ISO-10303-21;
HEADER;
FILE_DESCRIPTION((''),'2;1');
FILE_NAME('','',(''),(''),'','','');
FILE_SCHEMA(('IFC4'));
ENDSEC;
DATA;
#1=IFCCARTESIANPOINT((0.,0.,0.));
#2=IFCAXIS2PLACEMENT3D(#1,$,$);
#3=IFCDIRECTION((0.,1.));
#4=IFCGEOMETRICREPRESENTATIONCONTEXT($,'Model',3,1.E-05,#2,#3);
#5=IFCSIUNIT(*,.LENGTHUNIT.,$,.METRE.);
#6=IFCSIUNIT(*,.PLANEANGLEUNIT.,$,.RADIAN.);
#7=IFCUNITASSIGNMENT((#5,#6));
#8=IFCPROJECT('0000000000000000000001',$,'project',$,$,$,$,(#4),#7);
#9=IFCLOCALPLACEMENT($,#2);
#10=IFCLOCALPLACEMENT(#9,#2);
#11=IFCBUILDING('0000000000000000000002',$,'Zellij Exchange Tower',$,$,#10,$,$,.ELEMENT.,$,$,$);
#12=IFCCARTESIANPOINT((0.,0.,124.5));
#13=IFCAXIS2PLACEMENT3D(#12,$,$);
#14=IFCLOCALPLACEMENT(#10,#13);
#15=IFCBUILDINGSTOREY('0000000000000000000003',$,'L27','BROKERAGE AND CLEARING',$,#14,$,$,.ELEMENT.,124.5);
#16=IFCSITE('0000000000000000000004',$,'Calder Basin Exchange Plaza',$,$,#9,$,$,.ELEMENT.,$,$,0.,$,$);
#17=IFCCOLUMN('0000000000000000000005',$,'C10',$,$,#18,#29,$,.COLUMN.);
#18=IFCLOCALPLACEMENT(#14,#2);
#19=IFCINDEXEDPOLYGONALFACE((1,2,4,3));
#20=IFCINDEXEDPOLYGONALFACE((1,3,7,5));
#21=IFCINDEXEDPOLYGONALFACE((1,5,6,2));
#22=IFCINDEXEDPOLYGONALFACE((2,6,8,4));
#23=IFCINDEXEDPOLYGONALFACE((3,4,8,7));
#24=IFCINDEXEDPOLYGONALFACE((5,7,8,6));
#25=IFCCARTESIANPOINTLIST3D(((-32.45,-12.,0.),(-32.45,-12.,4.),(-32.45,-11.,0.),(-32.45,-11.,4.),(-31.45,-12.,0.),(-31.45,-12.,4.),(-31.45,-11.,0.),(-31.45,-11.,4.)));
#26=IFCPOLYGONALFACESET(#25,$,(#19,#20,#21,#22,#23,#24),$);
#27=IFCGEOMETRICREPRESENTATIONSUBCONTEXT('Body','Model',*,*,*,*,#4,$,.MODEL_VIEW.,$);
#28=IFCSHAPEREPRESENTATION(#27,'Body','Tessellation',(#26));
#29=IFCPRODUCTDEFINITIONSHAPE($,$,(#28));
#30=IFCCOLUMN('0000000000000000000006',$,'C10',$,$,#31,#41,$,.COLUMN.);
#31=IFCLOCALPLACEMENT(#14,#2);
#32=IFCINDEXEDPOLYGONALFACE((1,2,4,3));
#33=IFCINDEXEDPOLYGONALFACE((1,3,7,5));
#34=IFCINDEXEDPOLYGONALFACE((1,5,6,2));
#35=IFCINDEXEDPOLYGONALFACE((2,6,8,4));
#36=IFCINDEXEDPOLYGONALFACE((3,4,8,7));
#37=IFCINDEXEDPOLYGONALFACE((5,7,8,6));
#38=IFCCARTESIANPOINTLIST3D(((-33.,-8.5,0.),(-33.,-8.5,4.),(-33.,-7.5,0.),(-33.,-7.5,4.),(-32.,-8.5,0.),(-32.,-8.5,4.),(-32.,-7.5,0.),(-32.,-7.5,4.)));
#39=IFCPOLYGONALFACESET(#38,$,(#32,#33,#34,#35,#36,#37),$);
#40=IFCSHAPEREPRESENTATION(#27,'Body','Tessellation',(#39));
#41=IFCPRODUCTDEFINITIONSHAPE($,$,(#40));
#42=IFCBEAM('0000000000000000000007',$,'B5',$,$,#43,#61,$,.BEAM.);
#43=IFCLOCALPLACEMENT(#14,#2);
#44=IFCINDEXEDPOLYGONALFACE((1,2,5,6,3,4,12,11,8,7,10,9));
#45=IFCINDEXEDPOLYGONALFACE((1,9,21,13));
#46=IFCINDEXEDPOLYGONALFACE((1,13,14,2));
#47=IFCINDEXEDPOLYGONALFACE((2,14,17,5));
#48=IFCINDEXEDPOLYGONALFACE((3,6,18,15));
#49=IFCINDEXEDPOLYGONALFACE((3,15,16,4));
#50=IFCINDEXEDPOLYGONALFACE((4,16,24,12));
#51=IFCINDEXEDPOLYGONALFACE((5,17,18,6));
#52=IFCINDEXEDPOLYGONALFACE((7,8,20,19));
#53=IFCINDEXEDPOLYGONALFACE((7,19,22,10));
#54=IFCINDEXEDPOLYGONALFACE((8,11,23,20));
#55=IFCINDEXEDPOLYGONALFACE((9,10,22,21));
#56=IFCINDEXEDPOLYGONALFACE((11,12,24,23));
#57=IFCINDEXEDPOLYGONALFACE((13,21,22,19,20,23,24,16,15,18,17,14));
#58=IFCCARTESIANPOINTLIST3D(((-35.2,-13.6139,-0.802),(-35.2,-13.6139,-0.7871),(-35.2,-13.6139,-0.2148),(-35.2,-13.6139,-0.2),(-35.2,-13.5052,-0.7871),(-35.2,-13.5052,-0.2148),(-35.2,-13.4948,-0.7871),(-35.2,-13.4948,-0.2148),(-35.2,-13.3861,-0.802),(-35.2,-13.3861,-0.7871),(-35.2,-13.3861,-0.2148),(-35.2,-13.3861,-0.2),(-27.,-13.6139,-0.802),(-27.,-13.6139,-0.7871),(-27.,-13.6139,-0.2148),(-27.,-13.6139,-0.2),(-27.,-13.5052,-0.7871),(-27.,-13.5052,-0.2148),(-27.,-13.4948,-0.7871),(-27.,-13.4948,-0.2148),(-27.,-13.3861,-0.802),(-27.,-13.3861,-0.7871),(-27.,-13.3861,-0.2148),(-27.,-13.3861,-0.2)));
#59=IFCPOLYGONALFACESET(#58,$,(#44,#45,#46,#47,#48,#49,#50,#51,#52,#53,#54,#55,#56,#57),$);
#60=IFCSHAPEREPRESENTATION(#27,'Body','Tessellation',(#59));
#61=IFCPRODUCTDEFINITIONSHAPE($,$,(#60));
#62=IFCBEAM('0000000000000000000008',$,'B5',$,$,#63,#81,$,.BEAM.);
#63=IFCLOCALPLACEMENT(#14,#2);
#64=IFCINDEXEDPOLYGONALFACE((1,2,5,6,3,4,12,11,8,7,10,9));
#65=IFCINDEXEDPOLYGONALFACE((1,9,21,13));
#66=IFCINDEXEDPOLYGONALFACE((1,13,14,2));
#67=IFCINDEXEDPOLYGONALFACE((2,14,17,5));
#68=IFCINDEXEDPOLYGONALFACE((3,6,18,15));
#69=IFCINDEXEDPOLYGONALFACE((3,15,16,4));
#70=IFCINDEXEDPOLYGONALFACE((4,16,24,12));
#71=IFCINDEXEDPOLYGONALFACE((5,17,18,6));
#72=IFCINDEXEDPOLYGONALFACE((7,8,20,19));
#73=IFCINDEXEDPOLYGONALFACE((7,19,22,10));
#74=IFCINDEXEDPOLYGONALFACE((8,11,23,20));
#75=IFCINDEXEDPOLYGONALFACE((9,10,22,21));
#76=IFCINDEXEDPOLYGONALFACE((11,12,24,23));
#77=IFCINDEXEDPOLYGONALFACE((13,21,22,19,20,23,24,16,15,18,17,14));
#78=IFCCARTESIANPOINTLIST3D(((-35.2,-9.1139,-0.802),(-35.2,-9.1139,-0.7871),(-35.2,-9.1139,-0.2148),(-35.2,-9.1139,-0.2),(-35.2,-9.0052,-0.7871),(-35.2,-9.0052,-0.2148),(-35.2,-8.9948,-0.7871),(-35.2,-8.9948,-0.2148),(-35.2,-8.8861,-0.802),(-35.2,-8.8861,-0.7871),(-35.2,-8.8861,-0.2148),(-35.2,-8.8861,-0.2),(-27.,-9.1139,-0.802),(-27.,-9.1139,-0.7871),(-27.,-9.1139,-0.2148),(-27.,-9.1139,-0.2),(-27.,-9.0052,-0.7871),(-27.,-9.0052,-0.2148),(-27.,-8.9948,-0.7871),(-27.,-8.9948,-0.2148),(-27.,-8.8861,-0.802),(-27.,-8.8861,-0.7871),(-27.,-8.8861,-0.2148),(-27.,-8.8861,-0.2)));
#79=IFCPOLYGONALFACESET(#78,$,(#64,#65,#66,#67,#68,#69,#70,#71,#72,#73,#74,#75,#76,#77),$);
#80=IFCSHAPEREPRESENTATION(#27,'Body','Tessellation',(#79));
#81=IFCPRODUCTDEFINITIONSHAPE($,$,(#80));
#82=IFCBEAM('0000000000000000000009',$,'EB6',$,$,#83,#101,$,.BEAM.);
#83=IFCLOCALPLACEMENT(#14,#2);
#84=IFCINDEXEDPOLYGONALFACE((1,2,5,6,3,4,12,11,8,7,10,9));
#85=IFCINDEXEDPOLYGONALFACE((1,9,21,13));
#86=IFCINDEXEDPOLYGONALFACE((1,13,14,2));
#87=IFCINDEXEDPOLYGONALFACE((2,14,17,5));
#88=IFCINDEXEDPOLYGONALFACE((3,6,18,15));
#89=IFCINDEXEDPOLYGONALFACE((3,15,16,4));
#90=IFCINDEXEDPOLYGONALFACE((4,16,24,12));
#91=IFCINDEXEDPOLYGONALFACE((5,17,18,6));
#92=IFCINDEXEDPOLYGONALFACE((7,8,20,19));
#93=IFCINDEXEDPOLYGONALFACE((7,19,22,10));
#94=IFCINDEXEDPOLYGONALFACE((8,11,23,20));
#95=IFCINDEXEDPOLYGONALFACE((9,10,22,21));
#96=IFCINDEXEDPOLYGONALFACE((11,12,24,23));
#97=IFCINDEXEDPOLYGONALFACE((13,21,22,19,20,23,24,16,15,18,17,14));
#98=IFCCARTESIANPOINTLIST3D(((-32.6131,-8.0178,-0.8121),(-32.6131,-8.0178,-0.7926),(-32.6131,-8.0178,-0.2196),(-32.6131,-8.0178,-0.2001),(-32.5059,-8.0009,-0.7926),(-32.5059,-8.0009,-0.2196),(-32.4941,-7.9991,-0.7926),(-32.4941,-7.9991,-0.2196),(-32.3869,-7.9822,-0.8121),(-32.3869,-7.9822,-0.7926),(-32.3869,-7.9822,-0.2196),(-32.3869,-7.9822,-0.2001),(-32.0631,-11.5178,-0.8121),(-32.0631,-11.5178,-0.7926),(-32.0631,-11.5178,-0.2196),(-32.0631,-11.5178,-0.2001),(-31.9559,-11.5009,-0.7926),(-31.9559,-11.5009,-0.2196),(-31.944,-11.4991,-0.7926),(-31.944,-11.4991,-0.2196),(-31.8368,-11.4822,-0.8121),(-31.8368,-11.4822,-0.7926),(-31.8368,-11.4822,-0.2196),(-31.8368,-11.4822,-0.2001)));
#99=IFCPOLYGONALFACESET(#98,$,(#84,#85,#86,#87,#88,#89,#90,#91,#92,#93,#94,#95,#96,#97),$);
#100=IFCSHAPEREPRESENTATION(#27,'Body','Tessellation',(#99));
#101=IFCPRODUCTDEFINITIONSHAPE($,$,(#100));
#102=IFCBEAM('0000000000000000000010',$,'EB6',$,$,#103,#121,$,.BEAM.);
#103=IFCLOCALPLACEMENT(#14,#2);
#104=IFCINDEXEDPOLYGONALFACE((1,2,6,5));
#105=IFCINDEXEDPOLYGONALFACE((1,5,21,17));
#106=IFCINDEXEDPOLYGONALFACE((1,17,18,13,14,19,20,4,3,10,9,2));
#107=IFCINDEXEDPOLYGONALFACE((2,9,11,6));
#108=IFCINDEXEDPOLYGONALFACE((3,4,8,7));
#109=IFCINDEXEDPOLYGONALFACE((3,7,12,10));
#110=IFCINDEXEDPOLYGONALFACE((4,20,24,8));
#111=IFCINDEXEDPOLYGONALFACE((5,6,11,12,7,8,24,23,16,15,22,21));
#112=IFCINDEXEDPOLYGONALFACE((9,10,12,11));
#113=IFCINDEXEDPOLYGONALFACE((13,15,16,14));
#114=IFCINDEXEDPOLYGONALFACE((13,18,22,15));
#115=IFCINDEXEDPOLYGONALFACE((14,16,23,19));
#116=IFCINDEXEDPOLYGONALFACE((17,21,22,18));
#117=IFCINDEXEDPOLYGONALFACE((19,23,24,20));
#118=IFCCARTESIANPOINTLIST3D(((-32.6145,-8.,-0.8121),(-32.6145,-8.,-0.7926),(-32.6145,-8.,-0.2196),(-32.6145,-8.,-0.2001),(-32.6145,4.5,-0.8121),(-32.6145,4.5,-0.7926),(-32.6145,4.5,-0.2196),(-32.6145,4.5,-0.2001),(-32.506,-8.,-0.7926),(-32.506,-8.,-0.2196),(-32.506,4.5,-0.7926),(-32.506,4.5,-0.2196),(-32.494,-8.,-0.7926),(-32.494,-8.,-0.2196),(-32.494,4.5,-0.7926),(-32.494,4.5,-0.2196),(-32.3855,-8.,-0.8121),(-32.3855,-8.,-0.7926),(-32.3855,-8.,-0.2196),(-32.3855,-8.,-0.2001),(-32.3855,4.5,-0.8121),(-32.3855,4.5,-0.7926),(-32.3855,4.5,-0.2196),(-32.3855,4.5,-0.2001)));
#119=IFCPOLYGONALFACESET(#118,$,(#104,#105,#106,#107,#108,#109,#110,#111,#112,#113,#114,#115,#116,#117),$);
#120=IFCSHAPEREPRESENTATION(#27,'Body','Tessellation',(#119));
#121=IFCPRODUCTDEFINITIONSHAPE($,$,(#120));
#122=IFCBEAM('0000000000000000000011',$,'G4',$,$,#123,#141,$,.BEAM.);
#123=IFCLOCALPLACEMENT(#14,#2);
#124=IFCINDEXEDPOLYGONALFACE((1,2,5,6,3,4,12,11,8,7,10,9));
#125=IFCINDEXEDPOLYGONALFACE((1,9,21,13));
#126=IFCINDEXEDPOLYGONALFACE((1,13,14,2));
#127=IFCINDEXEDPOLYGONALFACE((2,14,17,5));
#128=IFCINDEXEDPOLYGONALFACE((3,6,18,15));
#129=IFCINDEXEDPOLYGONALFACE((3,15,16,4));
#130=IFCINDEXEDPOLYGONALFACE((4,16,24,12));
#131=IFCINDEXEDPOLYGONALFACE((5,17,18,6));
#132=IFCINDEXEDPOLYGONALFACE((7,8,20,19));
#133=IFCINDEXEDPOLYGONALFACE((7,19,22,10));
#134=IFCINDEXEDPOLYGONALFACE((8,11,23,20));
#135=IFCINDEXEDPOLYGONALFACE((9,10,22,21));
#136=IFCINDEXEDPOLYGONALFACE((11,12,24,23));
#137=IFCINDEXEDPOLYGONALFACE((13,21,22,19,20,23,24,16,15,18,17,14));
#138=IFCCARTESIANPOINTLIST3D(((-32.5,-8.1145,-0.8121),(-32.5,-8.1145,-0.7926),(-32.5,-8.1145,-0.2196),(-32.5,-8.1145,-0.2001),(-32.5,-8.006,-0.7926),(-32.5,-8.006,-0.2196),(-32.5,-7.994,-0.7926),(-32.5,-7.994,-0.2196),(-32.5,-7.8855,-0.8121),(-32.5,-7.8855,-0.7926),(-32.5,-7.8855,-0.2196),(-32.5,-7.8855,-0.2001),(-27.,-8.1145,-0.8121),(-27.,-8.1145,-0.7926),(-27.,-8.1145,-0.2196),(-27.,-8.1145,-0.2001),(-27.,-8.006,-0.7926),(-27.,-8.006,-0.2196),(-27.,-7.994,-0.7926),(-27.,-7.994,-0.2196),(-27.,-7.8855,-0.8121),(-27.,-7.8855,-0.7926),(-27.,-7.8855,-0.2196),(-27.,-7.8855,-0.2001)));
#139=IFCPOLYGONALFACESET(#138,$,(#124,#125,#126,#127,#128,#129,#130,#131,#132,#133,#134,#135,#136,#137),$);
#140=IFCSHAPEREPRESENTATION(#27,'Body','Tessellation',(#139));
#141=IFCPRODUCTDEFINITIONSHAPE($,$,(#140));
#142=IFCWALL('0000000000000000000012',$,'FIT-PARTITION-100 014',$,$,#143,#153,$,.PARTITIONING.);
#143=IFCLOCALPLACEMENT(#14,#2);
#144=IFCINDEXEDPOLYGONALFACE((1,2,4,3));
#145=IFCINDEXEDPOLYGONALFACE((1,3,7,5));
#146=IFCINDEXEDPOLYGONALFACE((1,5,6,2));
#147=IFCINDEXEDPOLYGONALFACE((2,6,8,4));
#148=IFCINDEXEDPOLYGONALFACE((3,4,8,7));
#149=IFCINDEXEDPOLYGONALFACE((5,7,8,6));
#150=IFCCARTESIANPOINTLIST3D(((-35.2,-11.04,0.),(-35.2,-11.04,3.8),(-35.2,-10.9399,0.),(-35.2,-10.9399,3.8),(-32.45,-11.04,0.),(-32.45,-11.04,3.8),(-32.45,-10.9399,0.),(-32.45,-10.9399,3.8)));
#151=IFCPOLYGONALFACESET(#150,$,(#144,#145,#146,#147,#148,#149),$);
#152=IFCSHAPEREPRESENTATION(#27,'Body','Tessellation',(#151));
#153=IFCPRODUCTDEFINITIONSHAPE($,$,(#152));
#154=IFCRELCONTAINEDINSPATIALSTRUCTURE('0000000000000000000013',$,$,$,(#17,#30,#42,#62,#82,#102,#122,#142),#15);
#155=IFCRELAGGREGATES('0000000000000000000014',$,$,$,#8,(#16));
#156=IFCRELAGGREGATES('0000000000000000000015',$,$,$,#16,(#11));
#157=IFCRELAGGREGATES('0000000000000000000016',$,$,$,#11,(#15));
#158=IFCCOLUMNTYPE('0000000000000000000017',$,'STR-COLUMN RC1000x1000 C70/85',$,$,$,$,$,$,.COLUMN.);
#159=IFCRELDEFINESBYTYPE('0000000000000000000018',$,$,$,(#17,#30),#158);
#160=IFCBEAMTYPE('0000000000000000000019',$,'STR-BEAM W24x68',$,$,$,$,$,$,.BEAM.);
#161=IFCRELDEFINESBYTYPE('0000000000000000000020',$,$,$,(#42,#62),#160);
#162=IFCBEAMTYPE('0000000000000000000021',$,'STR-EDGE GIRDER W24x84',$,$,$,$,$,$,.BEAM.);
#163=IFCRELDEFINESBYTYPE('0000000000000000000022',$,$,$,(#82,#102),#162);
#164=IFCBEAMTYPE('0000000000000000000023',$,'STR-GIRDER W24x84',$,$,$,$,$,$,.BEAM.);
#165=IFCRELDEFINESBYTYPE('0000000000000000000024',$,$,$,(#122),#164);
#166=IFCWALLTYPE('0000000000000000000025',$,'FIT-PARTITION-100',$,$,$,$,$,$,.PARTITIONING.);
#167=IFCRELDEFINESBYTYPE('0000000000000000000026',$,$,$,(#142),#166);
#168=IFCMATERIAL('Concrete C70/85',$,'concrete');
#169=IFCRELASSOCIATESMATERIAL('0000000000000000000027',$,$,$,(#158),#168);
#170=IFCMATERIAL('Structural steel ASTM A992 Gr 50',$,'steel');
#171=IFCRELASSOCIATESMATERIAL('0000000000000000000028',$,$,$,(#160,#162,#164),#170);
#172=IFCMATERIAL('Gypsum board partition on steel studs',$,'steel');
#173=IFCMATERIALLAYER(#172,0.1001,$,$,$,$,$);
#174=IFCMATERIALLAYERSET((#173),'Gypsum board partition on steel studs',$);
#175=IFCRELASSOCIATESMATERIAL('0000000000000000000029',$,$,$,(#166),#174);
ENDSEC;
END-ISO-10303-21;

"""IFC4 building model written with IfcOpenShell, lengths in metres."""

from ifc_helpers import new_model, si_unit, direction, frame, frame_2d, origin, origin_2d, place, context, subcontext, project, spatial, rectangle, i_section, extrude, material, layer, layer_set, material_profile, profile_set, type_object, element, save


model = new_model("IFC4")

# Units and contexts
model_context = context("Model", 3, precision=1e-05, world=origin(), true_north=direction((0.0, 1.0)))
body_context = subcontext(model_context, "Body", "Model", "MODEL_VIEW")
ifc_project = project(units=[si_unit("LENGTHUNIT", "METRE"), si_unit("PLANEANGLEUNIT", "RADIAN")], contexts=[model_context])

# Site, building, storey
site_placement = place(None, origin())
site = spatial("IfcSite", under=ifc_project, at=site_placement, Name="Calder Basin Exchange Plaza", CompositionType="ELEMENT", RefElevation=0.0)
building_placement = place(site_placement, origin())
building = spatial("IfcBuilding", under=site, at=building_placement, Name="Zellij Exchange Tower", CompositionType="ELEMENT")
storey_placement = place(building_placement, frame((0.0, 0.0, 124.5)))
storey = spatial("IfcBuildingStorey", under=building, at=storey_placement, Name="L27", Description="BROKERAGE AND CLEARING", CompositionType="ELEMENT", Elevation=124.5)

# Columns
ifc_material_1 = material(Name="Concrete C70/85", Category="concrete")
ifc_material_profile_1 = material_profile(ifc_material_1, rectangle(XDim=1.0, YDim=1.0, at=origin_2d()), Name="STR-COLUMN RC1000x1000 C70/85")
ifc_profile_set_1 = profile_set([ifc_material_profile_1], Name="Concrete C70/85")
column_type = type_object("IfcColumnType", Name="STR-COLUMN RC1000x1000 C70/85", PredefinedType="COLUMN", material=ifc_profile_set_1)
for number, where, z_axis, x_axis, name in (
    (1, (-31.95, -11.5, 0.0), (0.0, 0.0, 1.0), (1.0, 0.0, 0.0), "C10"),
    (2, (-32.5, -8.0, 0.0), (0.0, 0.0, 1.0), (1.0, 0.0, 0.0), "C10"),
):
    element("IfcColumn", number, at=place(storey_placement, frame(where, z_axis=z_axis, x_axis=x_axis)), inside=storey, type_object=column_type, Name=name, PredefinedType="COLUMN", context=body_context, shape_type="SweptSolid", body=[
        extrude(rectangle(XDim=1.0, YDim=1.0, at=origin_2d()), origin(), (0.0, 0.0, 1.0), 4.0),
    ])

# Beams
ifc_material_2 = material(Name="Structural steel ASTM A992 Gr 50", Category="steel")
ifc_material_profile_2 = material_profile(ifc_material_2, i_section(OverallWidth=0.2278, OverallDepth=0.6021, WebThickness=0.0105, FlangeThickness=0.0149, at=origin_2d()), Name="W24x68")
ifc_profile_set_2 = profile_set([ifc_material_profile_2], Name="Structural steel ASTM A992 Gr 50")
beam_type_1 = type_object("IfcBeamType", Name="STR-BEAM W24x68", PredefinedType="BEAM", material=ifc_profile_set_2)
for number, where, z_axis, x_axis, name in (
    (3, (-35.2, -13.5, -0.501), (1.0, 0.0, 0.0), (0.0, 1.0, 0.0), "B5"),
    (4, (-35.2, -9.0, -0.501), (1.0, 0.0, 0.0), (0.0, 1.0, 0.0), "B5"),
):
    element("IfcBeam", number, at=place(storey_placement, frame(where, z_axis=z_axis, x_axis=x_axis)), inside=storey, type_object=beam_type_1, Name=name, PredefinedType="BEAM", context=body_context, shape_type="SweptSolid", body=[
        extrude(i_section(OverallWidth=0.2278, OverallDepth=0.6021, WebThickness=0.0105, FlangeThickness=0.0149, at=origin_2d()), origin(), (0.0, 0.0, 1.0), 8.2),
    ])
ifc_material_profile_3 = material_profile(ifc_material_2, i_section(OverallWidth=0.229, OverallDepth=0.6121, WebThickness=0.012, FlangeThickness=0.0195, at=origin_2d()), Name="W24x84")
ifc_profile_set_3 = profile_set([ifc_material_profile_3], Name="Structural steel ASTM A992 Gr 50")
beam_type_2 = type_object("IfcBeamType", Name="STR-EDGE GIRDER W24x84", PredefinedType="BEAM", material=ifc_profile_set_3)
beam_1_placement = place(storey_placement, frame((-31.95, -11.5, -0.5061), z_axis=(-0.155251, 0.987875, 0.0), x_axis=(-0.987875, -0.155251, 0.0)))
element("IfcBeam", 5, at=beam_1_placement, inside=storey, type_object=beam_type_2, Name="EB6", PredefinedType="BEAM", context=body_context, shape_type="SweptSolid", body=[
    extrude(i_section(OverallWidth=0.229, OverallDepth=0.6121, WebThickness=0.012, FlangeThickness=0.0195, at=origin_2d()), origin(), (0.0, 0.0, 1.0), 3.543),
])
beam_2_placement = place(storey_placement, frame((-32.5, -8.0, -0.5061), z_axis=(0.0, 1.0, 0.0), x_axis=(-1.0, 0.0, 0.0)))
element("IfcBeam", 6, at=beam_2_placement, inside=storey, type_object=beam_type_2, Name="EB6", PredefinedType="BEAM", context=body_context, shape_type="SweptSolid", body=[
    extrude(i_section(OverallWidth=0.229, OverallDepth=0.6121, WebThickness=0.012, FlangeThickness=0.0195, at=origin_2d()), origin(), (0.0, 0.0, 1.0), 12.5),
])
ifc_material_profile_4 = material_profile(ifc_material_2, i_section(OverallWidth=0.229, OverallDepth=0.6121, WebThickness=0.012, FlangeThickness=0.0195, at=origin_2d()), Name="W24x84")
ifc_profile_set_4 = profile_set([ifc_material_profile_4], Name="Structural steel ASTM A992 Gr 50")
beam_type_3 = type_object("IfcBeamType", Name="STR-GIRDER W24x84", PredefinedType="BEAM", material=ifc_profile_set_4)
beam_3_placement = place(storey_placement, frame((-32.5, -8.0, -0.5061), z_axis=(1.0, 0.0, 0.0), x_axis=(0.0, 1.0, 0.0)))
element("IfcBeam", 7, at=beam_3_placement, inside=storey, type_object=beam_type_3, Name="G4", PredefinedType="BEAM", context=body_context, shape_type="SweptSolid", body=[
    extrude(i_section(OverallWidth=0.229, OverallDepth=0.6121, WebThickness=0.012, FlangeThickness=0.0195, at=origin_2d()), origin(), (0.0, 0.0, 1.0), 5.5),
])

# Wall
ifc_material_3 = material(Name="Gypsum board partition on steel studs", Category="steel")
ifc_layer = layer(ifc_material_3, 0.1001)
ifc_layer_set = layer_set([ifc_layer], Name="Gypsum board partition on steel studs")
wall_type = type_object("IfcWallType", Name="FIT-PARTITION-100", PredefinedType="PARTITIONING", material=ifc_layer_set)
wall_1_placement = place(storey_placement, frame((-35.2, -10.99, 0.0), z_axis=(0.0, 0.0, 1.0), x_axis=(1.0, 0.0, 0.0)))
element("IfcWall", 8, at=wall_1_placement, inside=storey, type_object=wall_type, Name="FIT-PARTITION-100 014", PredefinedType="PARTITIONING", context=body_context, shape_type="SweptSolid", body=[
    extrude(rectangle(XDim=2.75, YDim=0.1001, at=frame_2d((1.375, 0.0))), origin(), (0.0, 0.0, 1.0), 3.8),
])

save(model, "model.ifc")
